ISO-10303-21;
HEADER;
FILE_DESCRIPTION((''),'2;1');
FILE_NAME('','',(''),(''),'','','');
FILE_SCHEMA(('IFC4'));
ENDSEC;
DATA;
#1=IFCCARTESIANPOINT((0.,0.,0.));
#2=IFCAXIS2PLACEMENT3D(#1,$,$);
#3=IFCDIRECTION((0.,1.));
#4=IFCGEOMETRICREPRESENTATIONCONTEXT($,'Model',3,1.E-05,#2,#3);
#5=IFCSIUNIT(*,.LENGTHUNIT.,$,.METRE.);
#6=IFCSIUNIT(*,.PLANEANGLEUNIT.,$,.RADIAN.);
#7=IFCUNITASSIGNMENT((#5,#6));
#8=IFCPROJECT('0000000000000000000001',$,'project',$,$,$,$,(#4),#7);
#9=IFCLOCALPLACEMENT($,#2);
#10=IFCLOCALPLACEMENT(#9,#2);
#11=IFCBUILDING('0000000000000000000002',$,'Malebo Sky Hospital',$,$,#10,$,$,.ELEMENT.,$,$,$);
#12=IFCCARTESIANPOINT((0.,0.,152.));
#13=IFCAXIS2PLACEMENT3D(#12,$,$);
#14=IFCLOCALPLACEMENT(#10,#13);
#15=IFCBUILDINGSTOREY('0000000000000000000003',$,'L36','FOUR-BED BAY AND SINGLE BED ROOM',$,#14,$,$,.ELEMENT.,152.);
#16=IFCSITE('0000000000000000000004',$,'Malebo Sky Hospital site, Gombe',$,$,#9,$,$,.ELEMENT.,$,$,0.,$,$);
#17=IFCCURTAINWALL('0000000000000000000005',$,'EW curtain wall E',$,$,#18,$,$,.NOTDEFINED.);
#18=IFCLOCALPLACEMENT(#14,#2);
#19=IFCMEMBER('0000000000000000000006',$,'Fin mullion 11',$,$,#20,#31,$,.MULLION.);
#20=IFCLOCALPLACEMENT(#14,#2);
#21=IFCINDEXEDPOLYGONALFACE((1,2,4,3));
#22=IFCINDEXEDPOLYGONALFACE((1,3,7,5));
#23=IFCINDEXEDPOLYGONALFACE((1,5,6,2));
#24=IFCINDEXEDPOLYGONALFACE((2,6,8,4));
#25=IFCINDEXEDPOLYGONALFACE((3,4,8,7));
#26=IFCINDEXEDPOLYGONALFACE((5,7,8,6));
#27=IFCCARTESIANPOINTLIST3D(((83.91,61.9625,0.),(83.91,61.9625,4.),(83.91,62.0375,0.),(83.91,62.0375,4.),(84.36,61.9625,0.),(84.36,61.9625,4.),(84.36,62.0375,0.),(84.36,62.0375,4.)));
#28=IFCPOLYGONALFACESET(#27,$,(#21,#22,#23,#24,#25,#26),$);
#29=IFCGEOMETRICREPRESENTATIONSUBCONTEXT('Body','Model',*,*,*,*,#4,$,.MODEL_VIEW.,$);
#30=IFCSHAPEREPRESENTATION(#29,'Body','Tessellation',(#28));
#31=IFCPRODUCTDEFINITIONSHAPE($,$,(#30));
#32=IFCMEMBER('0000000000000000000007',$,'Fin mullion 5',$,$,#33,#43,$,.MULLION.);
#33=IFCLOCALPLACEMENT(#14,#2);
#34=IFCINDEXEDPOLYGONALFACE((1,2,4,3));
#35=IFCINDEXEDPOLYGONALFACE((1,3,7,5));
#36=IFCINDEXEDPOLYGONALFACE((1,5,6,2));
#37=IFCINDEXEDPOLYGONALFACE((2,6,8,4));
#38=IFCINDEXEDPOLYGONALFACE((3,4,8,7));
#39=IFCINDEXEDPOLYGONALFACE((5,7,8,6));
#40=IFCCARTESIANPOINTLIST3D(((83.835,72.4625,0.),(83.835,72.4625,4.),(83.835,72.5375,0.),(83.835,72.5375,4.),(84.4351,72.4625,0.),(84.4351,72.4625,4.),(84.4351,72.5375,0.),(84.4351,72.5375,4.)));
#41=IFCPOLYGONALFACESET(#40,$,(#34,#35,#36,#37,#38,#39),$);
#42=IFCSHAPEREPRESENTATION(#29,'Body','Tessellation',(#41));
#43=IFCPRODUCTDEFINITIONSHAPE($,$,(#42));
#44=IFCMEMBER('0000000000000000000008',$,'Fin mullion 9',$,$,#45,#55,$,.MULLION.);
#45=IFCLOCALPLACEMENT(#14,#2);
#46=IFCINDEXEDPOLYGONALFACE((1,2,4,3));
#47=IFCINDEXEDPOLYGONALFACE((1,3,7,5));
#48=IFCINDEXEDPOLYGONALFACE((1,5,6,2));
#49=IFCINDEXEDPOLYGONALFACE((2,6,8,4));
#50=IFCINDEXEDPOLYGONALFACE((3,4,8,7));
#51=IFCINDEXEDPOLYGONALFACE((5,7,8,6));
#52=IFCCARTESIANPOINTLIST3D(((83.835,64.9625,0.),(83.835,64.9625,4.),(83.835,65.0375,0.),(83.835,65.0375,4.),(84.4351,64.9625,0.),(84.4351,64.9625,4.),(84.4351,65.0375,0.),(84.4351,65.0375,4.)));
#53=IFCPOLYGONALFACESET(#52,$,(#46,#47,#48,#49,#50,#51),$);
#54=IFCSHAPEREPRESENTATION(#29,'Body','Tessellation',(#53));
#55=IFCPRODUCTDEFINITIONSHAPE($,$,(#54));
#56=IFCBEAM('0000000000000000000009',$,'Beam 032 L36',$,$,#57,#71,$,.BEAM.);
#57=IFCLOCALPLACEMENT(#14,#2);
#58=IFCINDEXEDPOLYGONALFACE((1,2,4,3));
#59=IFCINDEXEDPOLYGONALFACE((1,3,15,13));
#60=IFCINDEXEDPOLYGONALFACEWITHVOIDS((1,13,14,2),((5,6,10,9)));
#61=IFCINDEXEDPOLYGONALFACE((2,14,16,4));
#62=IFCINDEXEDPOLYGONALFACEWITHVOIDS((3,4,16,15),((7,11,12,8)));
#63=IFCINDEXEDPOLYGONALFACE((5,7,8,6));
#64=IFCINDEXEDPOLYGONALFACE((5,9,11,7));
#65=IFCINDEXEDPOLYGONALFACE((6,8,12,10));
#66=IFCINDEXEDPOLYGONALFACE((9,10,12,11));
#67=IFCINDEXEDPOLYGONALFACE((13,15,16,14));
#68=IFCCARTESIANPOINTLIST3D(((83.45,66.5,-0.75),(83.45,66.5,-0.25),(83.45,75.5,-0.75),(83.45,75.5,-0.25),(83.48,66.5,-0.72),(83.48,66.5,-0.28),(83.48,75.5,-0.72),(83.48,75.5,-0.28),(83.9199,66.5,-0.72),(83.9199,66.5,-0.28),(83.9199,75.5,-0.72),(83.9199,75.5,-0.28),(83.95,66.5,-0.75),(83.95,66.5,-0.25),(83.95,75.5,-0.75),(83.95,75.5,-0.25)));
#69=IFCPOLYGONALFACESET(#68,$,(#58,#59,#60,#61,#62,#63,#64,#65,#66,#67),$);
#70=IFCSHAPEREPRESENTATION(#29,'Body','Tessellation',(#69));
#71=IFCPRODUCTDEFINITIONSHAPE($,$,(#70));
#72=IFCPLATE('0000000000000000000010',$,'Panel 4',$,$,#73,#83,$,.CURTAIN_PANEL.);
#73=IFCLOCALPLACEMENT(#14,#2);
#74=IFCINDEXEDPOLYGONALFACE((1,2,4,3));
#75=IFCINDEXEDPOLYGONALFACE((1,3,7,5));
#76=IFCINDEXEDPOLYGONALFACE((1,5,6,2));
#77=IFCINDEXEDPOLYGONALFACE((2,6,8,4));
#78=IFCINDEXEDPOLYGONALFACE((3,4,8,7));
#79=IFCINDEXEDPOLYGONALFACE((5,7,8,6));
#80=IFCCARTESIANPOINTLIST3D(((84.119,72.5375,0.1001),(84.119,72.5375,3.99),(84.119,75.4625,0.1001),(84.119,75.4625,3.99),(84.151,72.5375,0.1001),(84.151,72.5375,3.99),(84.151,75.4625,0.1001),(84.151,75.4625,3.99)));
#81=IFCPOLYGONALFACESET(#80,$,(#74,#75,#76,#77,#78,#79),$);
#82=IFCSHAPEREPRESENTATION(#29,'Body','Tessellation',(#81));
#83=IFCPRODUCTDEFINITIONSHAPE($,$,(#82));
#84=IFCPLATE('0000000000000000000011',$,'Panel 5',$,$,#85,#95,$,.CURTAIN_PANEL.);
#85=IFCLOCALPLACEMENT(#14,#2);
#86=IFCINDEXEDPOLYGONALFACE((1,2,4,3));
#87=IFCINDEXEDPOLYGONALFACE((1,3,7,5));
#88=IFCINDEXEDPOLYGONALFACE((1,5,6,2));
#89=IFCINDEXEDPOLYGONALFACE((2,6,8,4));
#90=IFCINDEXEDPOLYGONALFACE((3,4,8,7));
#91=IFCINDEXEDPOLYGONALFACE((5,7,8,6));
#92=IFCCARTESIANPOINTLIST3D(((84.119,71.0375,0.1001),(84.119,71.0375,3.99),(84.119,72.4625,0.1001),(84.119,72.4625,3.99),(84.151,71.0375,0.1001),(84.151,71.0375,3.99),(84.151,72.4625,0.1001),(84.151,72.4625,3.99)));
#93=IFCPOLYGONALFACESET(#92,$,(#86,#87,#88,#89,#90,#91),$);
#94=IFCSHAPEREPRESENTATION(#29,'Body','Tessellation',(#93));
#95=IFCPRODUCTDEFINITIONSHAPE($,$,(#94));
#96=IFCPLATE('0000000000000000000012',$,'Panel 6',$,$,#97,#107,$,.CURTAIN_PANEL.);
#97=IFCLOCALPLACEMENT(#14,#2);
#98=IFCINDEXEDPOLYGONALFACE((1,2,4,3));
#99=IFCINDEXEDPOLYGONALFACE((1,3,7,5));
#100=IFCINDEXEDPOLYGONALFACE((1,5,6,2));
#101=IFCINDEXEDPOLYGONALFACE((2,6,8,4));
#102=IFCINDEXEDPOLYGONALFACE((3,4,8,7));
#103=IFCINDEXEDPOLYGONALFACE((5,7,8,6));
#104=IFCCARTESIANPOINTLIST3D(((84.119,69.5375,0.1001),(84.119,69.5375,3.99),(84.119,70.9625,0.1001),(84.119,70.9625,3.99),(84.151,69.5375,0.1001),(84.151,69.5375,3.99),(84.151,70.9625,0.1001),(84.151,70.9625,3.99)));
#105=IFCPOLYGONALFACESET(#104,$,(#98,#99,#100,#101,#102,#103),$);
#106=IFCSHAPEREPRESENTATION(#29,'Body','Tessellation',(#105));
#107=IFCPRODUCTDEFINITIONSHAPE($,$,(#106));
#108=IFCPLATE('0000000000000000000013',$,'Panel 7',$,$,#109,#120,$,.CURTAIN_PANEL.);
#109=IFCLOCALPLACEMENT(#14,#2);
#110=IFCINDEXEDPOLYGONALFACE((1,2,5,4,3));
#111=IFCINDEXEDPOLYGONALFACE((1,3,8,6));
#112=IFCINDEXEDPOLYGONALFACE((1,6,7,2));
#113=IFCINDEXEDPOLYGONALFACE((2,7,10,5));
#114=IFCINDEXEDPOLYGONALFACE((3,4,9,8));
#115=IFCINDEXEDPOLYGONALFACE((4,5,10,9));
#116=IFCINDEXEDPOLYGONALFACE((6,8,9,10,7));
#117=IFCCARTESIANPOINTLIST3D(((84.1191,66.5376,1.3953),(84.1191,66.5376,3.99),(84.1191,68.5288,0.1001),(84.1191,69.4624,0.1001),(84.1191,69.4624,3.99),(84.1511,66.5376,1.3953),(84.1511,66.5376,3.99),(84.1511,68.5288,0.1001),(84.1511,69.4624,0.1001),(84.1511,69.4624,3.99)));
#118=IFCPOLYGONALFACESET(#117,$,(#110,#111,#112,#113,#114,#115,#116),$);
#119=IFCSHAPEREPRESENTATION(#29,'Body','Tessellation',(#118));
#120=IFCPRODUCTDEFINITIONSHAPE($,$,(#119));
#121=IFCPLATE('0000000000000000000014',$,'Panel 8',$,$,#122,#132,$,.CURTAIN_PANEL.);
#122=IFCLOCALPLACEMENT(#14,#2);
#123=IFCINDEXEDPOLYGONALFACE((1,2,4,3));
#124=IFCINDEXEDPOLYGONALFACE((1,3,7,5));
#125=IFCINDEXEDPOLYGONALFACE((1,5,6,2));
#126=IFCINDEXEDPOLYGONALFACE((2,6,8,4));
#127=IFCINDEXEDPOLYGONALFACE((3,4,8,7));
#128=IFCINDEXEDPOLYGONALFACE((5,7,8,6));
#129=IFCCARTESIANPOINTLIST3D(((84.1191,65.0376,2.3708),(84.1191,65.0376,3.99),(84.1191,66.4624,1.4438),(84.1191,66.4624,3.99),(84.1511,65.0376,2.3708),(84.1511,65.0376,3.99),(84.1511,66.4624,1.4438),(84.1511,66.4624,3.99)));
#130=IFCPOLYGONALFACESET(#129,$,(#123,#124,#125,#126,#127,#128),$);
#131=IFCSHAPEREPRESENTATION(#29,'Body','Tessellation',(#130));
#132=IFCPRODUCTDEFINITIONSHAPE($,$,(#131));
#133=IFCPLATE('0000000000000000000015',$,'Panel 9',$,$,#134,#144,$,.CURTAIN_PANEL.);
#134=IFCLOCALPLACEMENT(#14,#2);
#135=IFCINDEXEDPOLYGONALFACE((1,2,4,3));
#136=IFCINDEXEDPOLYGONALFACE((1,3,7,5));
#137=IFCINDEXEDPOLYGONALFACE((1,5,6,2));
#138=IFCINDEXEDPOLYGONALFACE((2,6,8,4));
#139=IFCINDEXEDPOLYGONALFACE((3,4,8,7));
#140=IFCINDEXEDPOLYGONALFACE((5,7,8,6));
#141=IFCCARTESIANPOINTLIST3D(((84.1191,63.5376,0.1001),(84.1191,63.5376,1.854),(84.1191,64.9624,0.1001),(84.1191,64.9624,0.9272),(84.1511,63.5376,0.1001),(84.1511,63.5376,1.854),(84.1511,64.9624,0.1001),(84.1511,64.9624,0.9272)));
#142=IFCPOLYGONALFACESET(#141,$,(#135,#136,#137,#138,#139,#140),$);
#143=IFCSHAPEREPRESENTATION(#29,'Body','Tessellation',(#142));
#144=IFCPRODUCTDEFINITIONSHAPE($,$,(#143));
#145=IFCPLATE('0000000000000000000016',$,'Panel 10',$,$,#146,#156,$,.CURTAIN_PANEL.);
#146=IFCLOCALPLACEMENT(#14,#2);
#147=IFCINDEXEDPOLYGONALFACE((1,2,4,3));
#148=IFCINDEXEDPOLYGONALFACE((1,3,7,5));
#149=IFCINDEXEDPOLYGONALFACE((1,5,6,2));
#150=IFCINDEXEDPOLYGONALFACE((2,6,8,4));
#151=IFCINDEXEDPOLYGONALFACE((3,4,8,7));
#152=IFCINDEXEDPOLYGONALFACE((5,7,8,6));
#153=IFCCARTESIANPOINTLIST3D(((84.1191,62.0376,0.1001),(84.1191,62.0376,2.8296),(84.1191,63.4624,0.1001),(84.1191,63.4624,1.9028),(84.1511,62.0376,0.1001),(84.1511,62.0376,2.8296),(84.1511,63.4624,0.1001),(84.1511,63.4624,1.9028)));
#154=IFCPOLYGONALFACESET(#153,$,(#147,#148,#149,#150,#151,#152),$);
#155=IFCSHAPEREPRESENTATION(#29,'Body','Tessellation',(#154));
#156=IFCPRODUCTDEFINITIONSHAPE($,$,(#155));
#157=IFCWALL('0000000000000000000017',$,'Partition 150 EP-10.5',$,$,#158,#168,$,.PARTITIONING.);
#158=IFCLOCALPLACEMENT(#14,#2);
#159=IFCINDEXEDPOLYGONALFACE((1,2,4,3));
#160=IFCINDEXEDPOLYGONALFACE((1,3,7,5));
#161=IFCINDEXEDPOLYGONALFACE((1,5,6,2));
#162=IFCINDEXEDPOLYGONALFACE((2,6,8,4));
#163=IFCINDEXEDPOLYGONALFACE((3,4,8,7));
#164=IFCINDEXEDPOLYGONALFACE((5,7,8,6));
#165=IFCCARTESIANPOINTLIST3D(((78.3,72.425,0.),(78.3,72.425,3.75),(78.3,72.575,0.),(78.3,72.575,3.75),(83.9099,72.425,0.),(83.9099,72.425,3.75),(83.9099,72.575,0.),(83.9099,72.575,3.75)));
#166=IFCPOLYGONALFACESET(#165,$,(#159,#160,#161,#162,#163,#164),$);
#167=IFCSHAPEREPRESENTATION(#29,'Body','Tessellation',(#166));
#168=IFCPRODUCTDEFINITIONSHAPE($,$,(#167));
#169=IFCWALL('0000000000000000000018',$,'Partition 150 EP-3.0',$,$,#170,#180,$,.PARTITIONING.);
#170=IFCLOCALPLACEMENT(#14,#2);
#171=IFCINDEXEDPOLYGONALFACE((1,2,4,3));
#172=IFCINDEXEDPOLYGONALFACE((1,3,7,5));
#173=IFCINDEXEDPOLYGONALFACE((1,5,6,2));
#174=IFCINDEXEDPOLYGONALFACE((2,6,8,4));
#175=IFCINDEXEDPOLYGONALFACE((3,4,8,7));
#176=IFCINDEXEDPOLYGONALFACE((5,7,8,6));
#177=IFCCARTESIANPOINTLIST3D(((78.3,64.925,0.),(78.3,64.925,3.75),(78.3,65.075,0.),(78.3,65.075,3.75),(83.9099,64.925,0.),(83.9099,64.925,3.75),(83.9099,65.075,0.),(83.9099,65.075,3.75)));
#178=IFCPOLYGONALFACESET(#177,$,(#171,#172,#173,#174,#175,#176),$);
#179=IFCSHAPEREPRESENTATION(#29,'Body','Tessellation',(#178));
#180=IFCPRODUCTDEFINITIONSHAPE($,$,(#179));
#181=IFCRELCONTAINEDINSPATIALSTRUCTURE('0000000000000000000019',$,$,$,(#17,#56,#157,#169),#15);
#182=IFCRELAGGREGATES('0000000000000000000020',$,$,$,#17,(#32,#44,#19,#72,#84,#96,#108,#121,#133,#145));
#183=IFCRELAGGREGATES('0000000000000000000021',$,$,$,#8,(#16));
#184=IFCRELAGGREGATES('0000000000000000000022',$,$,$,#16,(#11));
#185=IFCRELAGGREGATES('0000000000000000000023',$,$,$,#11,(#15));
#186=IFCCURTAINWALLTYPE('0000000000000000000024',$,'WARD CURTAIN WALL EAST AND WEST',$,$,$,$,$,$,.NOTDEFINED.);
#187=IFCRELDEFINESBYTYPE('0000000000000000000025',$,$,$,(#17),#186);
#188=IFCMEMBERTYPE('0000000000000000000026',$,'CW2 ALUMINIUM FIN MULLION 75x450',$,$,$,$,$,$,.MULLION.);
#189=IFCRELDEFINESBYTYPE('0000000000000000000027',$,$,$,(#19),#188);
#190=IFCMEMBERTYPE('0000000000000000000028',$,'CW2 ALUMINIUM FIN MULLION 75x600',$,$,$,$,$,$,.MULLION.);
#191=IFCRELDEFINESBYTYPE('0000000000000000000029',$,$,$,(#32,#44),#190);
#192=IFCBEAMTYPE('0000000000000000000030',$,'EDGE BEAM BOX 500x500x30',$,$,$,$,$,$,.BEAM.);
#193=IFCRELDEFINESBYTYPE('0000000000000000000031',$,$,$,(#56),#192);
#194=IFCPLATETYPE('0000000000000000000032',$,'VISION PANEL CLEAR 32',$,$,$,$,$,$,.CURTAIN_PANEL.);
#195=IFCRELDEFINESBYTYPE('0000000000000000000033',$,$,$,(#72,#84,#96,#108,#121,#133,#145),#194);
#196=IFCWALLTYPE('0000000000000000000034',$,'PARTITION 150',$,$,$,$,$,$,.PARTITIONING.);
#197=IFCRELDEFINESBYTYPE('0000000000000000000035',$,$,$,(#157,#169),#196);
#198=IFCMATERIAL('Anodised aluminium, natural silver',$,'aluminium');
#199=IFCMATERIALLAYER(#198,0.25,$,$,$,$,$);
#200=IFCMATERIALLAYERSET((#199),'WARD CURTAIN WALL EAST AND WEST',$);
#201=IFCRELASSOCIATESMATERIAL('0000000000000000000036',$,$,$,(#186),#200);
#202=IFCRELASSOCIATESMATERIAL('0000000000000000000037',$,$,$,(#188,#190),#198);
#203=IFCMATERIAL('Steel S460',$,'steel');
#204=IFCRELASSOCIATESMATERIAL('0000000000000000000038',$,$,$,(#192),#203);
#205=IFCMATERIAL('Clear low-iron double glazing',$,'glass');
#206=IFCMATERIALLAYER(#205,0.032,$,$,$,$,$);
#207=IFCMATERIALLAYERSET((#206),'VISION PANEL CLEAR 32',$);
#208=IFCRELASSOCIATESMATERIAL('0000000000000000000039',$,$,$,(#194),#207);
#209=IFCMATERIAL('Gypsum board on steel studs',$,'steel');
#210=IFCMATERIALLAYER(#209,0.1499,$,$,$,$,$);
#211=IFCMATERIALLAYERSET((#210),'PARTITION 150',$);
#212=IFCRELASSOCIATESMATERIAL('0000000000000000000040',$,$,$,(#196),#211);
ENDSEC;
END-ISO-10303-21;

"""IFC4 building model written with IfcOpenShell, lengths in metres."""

from ifc_helpers import new_model, si_unit, direction, frame, frame_2d, origin, origin_2d, place, context, subcontext, project, spatial, polyline, rectangle, hollow_rectangle, outline, extrude, material, layer, layer_set, material_profile, profile_set, type_object, element, aggregate, save


model = new_model("IFC4")

# Units and contexts
model_context = context("Model", 3, precision=1e-05, world=origin(), true_north=direction((0.0, 1.0)))
body_context = subcontext(model_context, "Body", "Model", "MODEL_VIEW")
ifc_project = project(units=[si_unit("LENGTHUNIT", "METRE"), si_unit("PLANEANGLEUNIT", "RADIAN")], contexts=[model_context])

# Site, building, storey
site_placement = place(None, origin())
site = spatial("IfcSite", under=ifc_project, at=site_placement, Name="Malebo Sky Hospital site, Gombe", CompositionType="ELEMENT", RefElevation=0.0)
building_placement = place(site_placement, origin())
building = spatial("IfcBuilding", under=site, at=building_placement, Name="Malebo Sky Hospital", CompositionType="ELEMENT")
storey_placement = place(building_placement, frame((0.0, 0.0, 152.0)))
storey = spatial("IfcBuildingStorey", under=building, at=storey_placement, Name="L36", Description="FOUR-BED BAY AND SINGLE BED ROOM", CompositionType="ELEMENT", Elevation=152.0)

# Shared definitions
ifc_material_1 = material(Name="Steel S460", Category="steel")

# Curtain wall
ifc_material_2 = material(Name="Anodised aluminium, natural silver", Category="aluminium")
ifc_layer_1 = layer(ifc_material_2, 0.25)
ifc_layer_set_1 = layer_set([ifc_layer_1], Name="WARD CURTAIN WALL EAST AND WEST")
curtain_wall_type = type_object("IfcCurtainWallType", Name="WARD CURTAIN WALL EAST AND WEST", PredefinedType="NOTDEFINED", material=ifc_layer_set_1)
curtain_wall_placement = place(storey_placement, origin())
curtain_wall = element("IfcCurtainWall", 1, at=curtain_wall_placement, inside=storey, type_object=curtain_wall_type, Name="EW curtain wall E", PredefinedType="NOTDEFINED")

# Members
ifc_material_profile_1 = material_profile(ifc_material_2, rectangle(XDim=0.075, YDim=0.45, at=origin_2d()), Name="CW2 ALUMINIUM FIN MULLION 75x450")
ifc_profile_set_1 = profile_set([ifc_material_profile_1], Name="Anodised aluminium, natural silver")
member_type_1 = type_object("IfcMemberType", Name="CW2 ALUMINIUM FIN MULLION 75x450", PredefinedType="MULLION", material=ifc_profile_set_1)
member_1_placement = place(storey_placement, frame((84.135, 62.0, 0.0), z_axis=(0.0, 0.0, 1.0), x_axis=(0.0, -1.0, 0.0)))
member_1 = element("IfcMember", 2, at=member_1_placement, type_object=member_type_1, Name="Fin mullion 11", PredefinedType="MULLION", context=body_context, shape_type="SweptSolid", body=[
    extrude(rectangle(XDim=0.075, YDim=0.45, at=origin_2d()), origin(), (0.0, 0.0, 1.0), 4.0),
])
ifc_material_profile_2 = material_profile(ifc_material_2, rectangle(XDim=0.075, YDim=0.6001, at=origin_2d()), Name="CW2 ALUMINIUM FIN MULLION 75x600")
ifc_profile_set_2 = profile_set([ifc_material_profile_2], Name="Anodised aluminium, natural silver")
member_type_2 = type_object("IfcMemberType", Name="CW2 ALUMINIUM FIN MULLION 75x600", PredefinedType="MULLION", material=ifc_profile_set_2)
member_2_placement = place(storey_placement, frame((84.135, 72.5, 0.0), z_axis=(0.0, 0.0, 1.0), x_axis=(0.0, -1.0, 0.0)))
member_2 = element("IfcMember", 3, at=member_2_placement, type_object=member_type_2, Name="Fin mullion 5", PredefinedType="MULLION", context=body_context, shape_type="SweptSolid", body=[
    extrude(rectangle(XDim=0.075, YDim=0.6001, at=origin_2d()), origin(), (0.0, 0.0, 1.0), 4.0),
])
member_3_placement = place(storey_placement, frame((84.135, 65.0, 0.0), z_axis=(0.0, 0.0, 1.0), x_axis=(0.0, -1.0, 0.0)))
member_3 = element("IfcMember", 4, at=member_3_placement, type_object=member_type_2, Name="Fin mullion 9", PredefinedType="MULLION", context=body_context, shape_type="SweptSolid", body=[
    extrude(rectangle(XDim=0.075, YDim=0.6001, at=origin_2d()), origin(), (0.0, 0.0, 1.0), 4.0),
])

# Beam
ifc_material_profile_3 = material_profile(ifc_material_1, hollow_rectangle(XDim=0.5, YDim=0.5, WallThickness=0.03, at=origin_2d()), Name="BOX 500x500x30")
ifc_profile_set_3 = profile_set([ifc_material_profile_3], Name="Steel S460")
beam_type = type_object("IfcBeamType", Name="EDGE BEAM BOX 500x500x30", PredefinedType="BEAM", material=ifc_profile_set_3)
beam_placement = place(storey_placement, frame((83.7, 66.5, -0.5), z_axis=(0.0, 1.0, 0.0), x_axis=(-1.0, 0.0, 0.0)))
element("IfcBeam", 5, at=beam_placement, inside=storey, type_object=beam_type, Name="Beam 032 L36", PredefinedType="BEAM", context=body_context, shape_type="SweptSolid", body=[
    extrude(hollow_rectangle(XDim=0.5, YDim=0.5, WallThickness=0.03, at=origin_2d()), origin(), (0.0, 0.0, 1.0), 9.0),
])

# Plates
ifc_material_3 = material(Name="Clear low-iron double glazing", Category="glass")
ifc_layer_2 = layer(ifc_material_3, 0.032)
ifc_layer_set_2 = layer_set([ifc_layer_2], Name="VISION PANEL CLEAR 32")
plate_type = type_object("IfcPlateType", Name="VISION PANEL CLEAR 32", PredefinedType="CURTAIN_PANEL", material=ifc_layer_set_2)
plate_1_placement = place(storey_placement, frame((84.135, 74.0, 0.1001), z_axis=(0.0, 0.0, 1.0), x_axis=(0.0, -1.0, 0.0)))
plate_1 = element("IfcPlate", 6, at=plate_1_placement, type_object=plate_type, Name="Panel 4", PredefinedType="CURTAIN_PANEL", context=body_context, shape_type="SweptSolid", body=[
    extrude(rectangle(XDim=2.925, YDim=0.032, at=origin_2d()), origin(), (0.0, 0.0, 1.0), 3.8899),
])
plate_2_placement = place(storey_placement, frame((84.135, 71.75, 0.1001), z_axis=(0.0, 0.0, 1.0), x_axis=(0.0, -1.0, 0.0)))
plate_2 = element("IfcPlate", 7, at=plate_2_placement, type_object=plate_type, Name="Panel 5", PredefinedType="CURTAIN_PANEL", context=body_context, shape_type="SweptSolid", body=[
    extrude(rectangle(XDim=1.425, YDim=0.032, at=origin_2d()), origin(), (0.0, 0.0, 1.0), 3.8899),
])
plate_3_placement = place(storey_placement, frame((84.135, 70.25, 0.1001), z_axis=(0.0, 0.0, 1.0), x_axis=(0.0, -1.0, 0.0)))
plate_3 = element("IfcPlate", 8, at=plate_3_placement, type_object=plate_type, Name="Panel 6", PredefinedType="CURTAIN_PANEL", context=body_context, shape_type="SweptSolid", body=[
    extrude(rectangle(XDim=1.425, YDim=0.032, at=origin_2d()), origin(), (0.0, 0.0, 1.0), 3.8899),
])
plate_4_placement = place(storey_placement, frame((84.135, 68.0, 0.1001), z_axis=(0.0, 0.0, 1.0), x_axis=(0.0, -1.0, 0.0)))
plate_4 = element("IfcPlate", 9, at=plate_4_placement, type_object=plate_type, Name="Panel 7", PredefinedType="CURTAIN_PANEL", context=body_context, shape_type="SweptSolid", body=[
    extrude(outline(polyline([(-1.4624, 0.0), (-0.5288, 0.0), (1.4624, 1.2952), (1.4624, 3.8899), (-1.4624, 3.8899), (-1.4624, 0.0)])), frame((0.0, 0.0161, 0.0), z_axis=(0.0, -1.0, 0.0), x_axis=(1.0, 0.0, 0.0)), (0.0, 0.0, 1.0), 0.032),
])
plate_5_placement = place(storey_placement, frame((84.135, 65.75, 1.4438), z_axis=(0.0, 0.0, 1.0), x_axis=(0.0, -1.0, 0.0)))
plate_5 = element("IfcPlate", 10, at=plate_5_placement, type_object=plate_type, Name="Panel 8", PredefinedType="CURTAIN_PANEL", context=body_context, shape_type="SweptSolid", body=[
    extrude(outline(polyline([(-0.7124, 0.0), (0.7124, 0.927), (0.7124, 2.5461), (-0.7124, 2.5461), (-0.7124, 0.0)])), frame((0.0, 0.0161, 0.0), z_axis=(0.0, -1.0, 0.0), x_axis=(1.0, 0.0, 0.0)), (0.0, 0.0, 1.0), 0.032),
])
plate_6_placement = place(storey_placement, frame((84.135, 64.25, 0.1001), z_axis=(0.0, 0.0, 1.0), x_axis=(0.0, -1.0, 0.0)))
plate_6 = element("IfcPlate", 11, at=plate_6_placement, type_object=plate_type, Name="Panel 9", PredefinedType="CURTAIN_PANEL", context=body_context, shape_type="SweptSolid", body=[
    extrude(outline(polyline([(-0.7124, 0.0), (0.7124, 0.0), (0.7124, 1.7539), (-0.7124, 0.8271), (-0.7124, 0.0)])), frame((0.0, 0.0161, 0.0), z_axis=(0.0, -1.0, 0.0), x_axis=(1.0, 0.0, 0.0)), (0.0, 0.0, 1.0), 0.032),
])
plate_7_placement = place(storey_placement, frame((84.135, 62.75, 0.1001), z_axis=(0.0, 0.0, 1.0), x_axis=(0.0, -1.0, 0.0)))
plate_7 = element("IfcPlate", 12, at=plate_7_placement, type_object=plate_type, Name="Panel 10", PredefinedType="CURTAIN_PANEL", context=body_context, shape_type="SweptSolid", body=[
    extrude(outline(polyline([(-0.7124, 0.0), (0.7124, 0.0), (0.7124, 2.7295), (-0.7124, 1.8027), (-0.7124, 0.0)])), frame((0.0, 0.0161, 0.0), z_axis=(0.0, -1.0, 0.0), x_axis=(1.0, 0.0, 0.0)), (0.0, 0.0, 1.0), 0.032),
])
aggregate(curtain_wall, [member_2, member_3, member_1, plate_1, plate_2, plate_3, plate_4, plate_5, plate_6, plate_7])

# Walls
ifc_material_4 = material(Name="Gypsum board on steel studs", Category="steel")
ifc_layer_3 = layer(ifc_material_4, 0.1499)
ifc_layer_set_3 = layer_set([ifc_layer_3], Name="PARTITION 150")
wall_type = type_object("IfcWallType", Name="PARTITION 150", PredefinedType="PARTITIONING", material=ifc_layer_set_3)
for number, where, z_axis, x_axis, name in (
    (13, (78.3, 72.5, 0.0), (0.0, 0.0, 1.0), (1.0, 0.0, 0.0), "Partition 150 EP-10.5"),
    (14, (78.3, 65.0, 0.0), (0.0, 0.0, 1.0), (1.0, 0.0, 0.0), "Partition 150 EP-3.0"),
):
    element("IfcWall", number, at=place(storey_placement, frame(where, z_axis=z_axis, x_axis=x_axis)), inside=storey, type_object=wall_type, Name=name, PredefinedType="PARTITIONING", context=body_context, shape_type="SweptSolid", body=[
        extrude(rectangle(XDim=5.6099, YDim=0.1499, at=frame_2d((2.8049, 0.0))), origin(), (0.0, 0.0, 1.0), 3.75),
    ])

save(model, "model.ifc")
